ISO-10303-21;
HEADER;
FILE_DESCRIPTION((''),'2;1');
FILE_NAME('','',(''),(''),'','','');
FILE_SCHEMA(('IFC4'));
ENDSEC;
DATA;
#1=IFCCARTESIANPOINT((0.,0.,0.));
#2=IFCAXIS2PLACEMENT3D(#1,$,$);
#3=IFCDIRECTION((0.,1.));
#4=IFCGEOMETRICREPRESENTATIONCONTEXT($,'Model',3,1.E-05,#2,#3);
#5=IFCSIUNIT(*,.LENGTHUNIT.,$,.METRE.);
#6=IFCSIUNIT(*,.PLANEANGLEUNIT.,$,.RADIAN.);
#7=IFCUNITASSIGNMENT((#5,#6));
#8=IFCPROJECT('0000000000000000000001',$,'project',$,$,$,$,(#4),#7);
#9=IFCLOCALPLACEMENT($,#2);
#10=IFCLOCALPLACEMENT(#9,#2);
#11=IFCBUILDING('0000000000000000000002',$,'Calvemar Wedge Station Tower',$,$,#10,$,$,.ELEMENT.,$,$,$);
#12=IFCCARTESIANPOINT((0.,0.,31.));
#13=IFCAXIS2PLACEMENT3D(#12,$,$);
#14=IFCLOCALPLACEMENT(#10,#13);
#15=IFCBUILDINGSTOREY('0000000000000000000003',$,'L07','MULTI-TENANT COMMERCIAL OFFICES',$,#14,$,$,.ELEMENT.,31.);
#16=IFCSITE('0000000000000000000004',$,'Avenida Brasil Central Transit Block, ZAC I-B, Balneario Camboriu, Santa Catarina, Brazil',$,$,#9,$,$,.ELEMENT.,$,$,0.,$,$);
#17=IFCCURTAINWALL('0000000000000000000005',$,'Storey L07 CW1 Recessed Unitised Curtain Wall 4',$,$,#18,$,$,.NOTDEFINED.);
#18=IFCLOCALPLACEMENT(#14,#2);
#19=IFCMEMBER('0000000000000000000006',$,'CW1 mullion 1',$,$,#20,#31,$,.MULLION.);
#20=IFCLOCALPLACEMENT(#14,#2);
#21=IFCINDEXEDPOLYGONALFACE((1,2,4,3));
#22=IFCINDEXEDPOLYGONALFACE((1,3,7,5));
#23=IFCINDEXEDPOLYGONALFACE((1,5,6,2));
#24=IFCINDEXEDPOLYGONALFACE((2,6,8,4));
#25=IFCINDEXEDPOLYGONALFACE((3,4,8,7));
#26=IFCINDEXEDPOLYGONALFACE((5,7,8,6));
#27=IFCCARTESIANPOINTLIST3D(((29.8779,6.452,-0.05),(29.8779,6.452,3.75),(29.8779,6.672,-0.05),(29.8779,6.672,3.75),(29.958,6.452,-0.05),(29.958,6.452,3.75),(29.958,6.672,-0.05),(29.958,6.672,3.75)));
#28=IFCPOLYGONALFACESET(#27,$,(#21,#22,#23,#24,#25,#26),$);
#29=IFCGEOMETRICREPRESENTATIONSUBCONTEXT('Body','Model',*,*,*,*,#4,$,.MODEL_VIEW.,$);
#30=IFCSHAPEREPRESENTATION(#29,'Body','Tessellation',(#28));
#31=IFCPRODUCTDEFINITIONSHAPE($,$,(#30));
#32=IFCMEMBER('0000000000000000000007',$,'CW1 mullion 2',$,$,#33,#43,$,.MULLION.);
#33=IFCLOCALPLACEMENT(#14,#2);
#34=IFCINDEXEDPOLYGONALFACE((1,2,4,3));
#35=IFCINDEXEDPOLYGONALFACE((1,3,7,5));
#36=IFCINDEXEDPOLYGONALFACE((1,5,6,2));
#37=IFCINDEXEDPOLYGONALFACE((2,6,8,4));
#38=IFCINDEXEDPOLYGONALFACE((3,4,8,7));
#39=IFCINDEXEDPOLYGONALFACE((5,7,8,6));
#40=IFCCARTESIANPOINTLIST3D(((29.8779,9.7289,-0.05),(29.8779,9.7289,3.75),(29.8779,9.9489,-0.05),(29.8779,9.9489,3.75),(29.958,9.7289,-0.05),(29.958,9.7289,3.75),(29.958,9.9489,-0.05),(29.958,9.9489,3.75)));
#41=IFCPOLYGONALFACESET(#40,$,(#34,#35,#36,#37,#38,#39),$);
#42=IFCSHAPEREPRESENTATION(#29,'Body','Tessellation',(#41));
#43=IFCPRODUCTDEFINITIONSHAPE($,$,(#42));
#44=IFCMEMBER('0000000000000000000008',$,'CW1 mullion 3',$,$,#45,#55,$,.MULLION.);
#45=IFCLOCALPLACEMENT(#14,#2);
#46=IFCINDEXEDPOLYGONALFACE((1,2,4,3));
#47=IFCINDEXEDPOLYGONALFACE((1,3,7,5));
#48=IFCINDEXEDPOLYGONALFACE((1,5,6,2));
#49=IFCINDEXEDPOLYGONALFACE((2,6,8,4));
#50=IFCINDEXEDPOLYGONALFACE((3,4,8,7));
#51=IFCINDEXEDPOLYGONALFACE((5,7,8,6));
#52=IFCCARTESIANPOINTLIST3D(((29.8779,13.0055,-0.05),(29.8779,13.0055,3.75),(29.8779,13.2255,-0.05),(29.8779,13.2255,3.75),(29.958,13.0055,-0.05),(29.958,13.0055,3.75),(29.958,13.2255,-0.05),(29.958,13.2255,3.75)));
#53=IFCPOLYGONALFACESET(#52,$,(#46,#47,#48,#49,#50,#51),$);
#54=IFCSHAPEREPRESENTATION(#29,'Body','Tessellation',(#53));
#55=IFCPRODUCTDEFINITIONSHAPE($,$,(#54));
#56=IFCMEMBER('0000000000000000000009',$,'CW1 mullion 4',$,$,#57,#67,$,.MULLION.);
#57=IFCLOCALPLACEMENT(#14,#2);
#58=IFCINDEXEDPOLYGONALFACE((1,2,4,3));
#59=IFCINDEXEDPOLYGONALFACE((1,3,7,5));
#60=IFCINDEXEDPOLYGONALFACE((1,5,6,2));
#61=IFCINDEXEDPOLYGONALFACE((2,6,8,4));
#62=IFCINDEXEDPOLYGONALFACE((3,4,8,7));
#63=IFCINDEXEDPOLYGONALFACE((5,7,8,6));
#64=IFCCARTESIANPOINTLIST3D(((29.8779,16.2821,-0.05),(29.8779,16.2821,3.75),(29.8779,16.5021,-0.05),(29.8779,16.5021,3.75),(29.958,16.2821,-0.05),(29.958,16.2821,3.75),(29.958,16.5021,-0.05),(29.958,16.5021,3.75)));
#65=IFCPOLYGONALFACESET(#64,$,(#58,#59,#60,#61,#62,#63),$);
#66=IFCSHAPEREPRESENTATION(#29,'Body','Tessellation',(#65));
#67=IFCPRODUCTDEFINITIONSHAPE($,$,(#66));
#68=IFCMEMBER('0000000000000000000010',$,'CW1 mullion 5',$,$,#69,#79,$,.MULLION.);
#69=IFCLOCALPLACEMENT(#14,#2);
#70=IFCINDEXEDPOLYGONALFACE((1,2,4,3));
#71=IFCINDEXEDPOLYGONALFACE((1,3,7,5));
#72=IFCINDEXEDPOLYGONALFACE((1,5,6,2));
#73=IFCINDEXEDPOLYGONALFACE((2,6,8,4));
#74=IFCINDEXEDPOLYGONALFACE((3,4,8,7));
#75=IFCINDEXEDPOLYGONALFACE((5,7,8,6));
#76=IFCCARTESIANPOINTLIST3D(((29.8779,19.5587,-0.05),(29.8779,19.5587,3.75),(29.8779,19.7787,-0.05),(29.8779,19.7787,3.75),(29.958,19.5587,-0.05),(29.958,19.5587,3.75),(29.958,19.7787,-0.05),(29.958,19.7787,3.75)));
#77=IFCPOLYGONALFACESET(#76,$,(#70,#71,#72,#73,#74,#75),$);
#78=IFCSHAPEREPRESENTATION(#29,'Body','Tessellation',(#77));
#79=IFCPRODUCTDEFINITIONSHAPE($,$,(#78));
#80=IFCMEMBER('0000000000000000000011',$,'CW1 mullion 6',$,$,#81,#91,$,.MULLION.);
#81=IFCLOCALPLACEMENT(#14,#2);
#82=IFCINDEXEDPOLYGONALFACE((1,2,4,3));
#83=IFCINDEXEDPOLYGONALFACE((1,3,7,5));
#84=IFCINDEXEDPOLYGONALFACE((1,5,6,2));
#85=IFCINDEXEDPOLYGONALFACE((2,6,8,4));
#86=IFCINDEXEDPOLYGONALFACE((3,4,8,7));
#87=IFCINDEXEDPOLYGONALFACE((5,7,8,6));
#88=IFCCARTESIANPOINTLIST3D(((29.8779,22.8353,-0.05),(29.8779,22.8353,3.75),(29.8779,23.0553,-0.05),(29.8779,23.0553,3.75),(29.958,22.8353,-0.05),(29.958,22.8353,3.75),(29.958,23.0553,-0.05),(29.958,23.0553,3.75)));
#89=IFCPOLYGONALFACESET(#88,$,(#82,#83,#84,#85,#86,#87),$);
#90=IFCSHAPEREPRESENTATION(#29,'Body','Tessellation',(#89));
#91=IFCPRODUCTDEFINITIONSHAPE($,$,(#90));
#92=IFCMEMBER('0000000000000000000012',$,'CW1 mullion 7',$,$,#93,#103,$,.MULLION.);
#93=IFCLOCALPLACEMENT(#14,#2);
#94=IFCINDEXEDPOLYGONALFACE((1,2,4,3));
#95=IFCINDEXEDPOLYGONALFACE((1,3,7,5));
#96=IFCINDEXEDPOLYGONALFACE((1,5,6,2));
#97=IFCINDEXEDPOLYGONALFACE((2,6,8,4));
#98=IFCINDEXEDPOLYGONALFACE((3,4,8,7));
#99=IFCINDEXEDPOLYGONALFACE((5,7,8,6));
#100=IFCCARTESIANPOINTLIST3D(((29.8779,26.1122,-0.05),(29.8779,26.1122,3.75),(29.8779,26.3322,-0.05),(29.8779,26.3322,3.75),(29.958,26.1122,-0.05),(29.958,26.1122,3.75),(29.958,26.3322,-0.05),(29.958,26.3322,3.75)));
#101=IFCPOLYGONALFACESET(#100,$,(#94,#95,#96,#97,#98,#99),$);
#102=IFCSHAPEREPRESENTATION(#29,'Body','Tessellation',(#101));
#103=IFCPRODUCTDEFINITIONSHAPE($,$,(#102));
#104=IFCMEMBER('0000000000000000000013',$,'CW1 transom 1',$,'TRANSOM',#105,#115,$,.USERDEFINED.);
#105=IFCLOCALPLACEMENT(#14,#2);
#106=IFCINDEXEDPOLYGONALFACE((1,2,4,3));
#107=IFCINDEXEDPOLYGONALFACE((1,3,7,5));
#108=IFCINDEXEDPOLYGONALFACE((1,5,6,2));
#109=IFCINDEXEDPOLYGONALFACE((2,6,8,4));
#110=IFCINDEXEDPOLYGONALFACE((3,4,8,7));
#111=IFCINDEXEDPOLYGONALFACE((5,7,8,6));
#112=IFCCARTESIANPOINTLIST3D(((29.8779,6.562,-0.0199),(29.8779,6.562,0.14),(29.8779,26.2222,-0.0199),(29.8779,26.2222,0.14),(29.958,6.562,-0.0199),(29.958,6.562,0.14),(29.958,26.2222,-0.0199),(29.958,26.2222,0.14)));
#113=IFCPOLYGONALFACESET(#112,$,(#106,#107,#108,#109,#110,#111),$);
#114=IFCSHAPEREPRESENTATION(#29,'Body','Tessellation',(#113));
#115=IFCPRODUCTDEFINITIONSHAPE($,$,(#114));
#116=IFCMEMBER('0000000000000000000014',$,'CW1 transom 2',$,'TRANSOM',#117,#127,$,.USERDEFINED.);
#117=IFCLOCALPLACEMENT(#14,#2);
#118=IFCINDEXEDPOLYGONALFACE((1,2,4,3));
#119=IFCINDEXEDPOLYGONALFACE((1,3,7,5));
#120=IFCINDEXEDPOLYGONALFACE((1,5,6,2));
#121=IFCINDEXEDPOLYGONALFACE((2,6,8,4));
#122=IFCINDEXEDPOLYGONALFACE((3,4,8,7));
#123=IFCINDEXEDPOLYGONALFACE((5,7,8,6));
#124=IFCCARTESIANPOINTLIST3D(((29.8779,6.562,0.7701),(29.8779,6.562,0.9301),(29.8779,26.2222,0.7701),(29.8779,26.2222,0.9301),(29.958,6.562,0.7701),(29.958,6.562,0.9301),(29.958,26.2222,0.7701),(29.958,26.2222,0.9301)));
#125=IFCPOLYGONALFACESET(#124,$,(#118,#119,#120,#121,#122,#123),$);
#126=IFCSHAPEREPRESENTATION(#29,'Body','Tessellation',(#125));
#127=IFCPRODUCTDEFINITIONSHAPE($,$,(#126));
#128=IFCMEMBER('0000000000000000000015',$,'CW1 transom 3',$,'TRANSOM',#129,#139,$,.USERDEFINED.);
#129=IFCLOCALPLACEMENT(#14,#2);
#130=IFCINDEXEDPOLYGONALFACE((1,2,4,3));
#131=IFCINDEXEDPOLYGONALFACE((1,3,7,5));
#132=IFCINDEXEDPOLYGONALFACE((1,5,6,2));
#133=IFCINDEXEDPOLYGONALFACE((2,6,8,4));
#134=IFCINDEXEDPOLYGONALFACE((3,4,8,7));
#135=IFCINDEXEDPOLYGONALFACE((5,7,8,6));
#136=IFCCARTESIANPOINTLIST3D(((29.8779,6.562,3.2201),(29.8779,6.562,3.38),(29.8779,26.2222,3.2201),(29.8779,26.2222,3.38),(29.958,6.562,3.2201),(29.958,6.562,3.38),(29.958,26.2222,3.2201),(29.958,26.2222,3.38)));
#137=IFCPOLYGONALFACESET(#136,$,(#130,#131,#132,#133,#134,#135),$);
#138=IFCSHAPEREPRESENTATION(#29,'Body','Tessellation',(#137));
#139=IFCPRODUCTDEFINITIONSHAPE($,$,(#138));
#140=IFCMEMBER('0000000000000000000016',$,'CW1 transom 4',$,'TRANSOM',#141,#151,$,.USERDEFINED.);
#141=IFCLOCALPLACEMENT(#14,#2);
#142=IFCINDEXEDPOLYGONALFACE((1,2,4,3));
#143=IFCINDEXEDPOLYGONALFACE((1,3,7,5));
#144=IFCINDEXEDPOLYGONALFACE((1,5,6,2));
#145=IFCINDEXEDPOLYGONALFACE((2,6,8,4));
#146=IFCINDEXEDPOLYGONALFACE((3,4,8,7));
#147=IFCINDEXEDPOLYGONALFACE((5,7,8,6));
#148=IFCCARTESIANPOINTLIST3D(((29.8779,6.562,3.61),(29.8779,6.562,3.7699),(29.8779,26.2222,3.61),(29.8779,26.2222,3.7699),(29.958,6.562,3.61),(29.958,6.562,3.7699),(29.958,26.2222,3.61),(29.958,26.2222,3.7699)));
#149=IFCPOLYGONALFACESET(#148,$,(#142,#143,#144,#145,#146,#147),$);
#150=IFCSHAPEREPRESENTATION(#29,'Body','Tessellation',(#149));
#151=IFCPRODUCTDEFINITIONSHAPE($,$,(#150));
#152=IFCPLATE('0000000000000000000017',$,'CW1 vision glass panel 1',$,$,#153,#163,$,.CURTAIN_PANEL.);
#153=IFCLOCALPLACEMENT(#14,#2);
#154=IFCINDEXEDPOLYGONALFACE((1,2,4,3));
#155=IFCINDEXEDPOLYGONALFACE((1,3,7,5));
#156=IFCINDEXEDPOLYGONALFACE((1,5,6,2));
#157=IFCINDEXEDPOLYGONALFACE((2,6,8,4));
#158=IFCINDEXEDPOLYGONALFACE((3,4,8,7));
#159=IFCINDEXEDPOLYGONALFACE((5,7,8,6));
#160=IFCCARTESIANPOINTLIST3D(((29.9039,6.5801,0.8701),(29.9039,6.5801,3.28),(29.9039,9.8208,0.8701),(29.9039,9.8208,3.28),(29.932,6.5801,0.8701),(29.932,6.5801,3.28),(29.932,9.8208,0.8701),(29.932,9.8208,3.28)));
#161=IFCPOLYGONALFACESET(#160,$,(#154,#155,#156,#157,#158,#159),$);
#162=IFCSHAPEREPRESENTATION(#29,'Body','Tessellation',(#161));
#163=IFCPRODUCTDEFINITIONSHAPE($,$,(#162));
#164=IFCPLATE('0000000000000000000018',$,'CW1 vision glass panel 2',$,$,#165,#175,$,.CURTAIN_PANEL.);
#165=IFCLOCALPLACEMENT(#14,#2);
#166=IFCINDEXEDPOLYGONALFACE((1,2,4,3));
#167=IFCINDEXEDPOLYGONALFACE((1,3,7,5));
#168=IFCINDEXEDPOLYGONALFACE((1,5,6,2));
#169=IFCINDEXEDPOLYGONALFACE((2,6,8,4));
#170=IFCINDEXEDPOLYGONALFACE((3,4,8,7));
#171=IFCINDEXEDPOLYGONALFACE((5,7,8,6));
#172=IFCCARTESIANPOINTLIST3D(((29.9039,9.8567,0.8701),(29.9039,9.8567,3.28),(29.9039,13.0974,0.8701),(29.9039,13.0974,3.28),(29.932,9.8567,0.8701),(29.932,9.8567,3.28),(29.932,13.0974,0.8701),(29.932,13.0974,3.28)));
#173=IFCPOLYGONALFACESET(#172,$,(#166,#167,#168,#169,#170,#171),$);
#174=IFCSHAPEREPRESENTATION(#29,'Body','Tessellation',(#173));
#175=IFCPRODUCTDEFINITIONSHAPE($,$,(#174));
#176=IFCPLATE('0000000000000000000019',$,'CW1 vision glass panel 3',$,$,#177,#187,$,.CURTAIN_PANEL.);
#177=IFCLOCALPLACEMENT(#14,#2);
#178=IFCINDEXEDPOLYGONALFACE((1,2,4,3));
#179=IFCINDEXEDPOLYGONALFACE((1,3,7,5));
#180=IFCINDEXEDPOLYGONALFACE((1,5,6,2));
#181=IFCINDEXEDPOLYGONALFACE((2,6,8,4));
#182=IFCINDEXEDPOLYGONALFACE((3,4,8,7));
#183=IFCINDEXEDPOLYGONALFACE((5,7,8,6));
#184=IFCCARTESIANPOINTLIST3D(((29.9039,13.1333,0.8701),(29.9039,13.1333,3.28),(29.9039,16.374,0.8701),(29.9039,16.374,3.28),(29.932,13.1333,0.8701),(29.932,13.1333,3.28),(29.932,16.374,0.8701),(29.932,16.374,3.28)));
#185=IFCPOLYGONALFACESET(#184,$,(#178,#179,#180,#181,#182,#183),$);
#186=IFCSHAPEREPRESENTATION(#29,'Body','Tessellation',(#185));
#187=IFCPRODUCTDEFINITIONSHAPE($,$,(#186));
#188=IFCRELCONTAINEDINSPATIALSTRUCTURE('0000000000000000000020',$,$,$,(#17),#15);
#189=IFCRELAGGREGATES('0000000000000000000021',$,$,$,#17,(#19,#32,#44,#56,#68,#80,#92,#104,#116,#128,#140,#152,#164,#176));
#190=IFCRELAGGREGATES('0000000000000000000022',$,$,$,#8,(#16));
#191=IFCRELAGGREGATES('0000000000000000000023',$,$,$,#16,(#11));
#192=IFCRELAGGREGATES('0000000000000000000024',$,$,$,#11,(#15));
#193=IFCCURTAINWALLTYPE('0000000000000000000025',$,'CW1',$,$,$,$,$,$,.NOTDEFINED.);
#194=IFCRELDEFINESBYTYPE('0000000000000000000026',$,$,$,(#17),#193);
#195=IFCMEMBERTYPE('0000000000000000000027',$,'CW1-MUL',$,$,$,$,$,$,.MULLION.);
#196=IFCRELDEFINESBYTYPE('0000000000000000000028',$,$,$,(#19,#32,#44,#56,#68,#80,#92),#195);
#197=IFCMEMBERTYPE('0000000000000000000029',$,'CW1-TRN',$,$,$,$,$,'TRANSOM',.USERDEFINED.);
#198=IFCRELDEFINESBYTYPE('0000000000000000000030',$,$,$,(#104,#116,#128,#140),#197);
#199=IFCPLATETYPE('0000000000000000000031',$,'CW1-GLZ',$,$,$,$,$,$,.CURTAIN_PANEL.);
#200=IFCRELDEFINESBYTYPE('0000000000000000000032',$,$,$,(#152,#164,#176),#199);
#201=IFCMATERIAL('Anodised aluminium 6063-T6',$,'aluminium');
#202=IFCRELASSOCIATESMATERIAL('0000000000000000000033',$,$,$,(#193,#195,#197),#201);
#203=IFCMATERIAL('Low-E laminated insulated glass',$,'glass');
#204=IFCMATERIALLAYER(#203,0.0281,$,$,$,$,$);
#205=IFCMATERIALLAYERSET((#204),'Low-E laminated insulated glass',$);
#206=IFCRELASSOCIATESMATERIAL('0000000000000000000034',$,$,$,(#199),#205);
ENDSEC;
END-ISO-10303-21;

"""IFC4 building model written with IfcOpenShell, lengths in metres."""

from ifc_helpers import new_model, si_unit, direction, frame, frame_2d, origin, origin_2d, place, context, subcontext, project, spatial, rectangle, extrude, source, transform, mapped, material, layer, layer_set, material_profile, profile_set, type_object, element, aggregate, save


model = new_model("IFC4")

# Units and contexts
model_context = context("Model", 3, precision=1e-05, world=origin(), true_north=direction((0.0, 1.0)))
body_context = subcontext(model_context, "Body", "Model", "MODEL_VIEW")
ifc_project = project(units=[si_unit("LENGTHUNIT", "METRE"), si_unit("PLANEANGLEUNIT", "RADIAN")], contexts=[model_context])

# Site, building, storey
site_placement = place(None, origin())
site = spatial("IfcSite", under=ifc_project, at=site_placement, Name="Avenida Brasil Central Transit Block, ZAC I-B, Balneario Camboriu, Santa Catarina, Brazil", CompositionType="ELEMENT", RefElevation=0.0)
building_placement = place(site_placement, origin())
building = spatial("IfcBuilding", under=site, at=building_placement, Name="Calvemar Wedge Station Tower", CompositionType="ELEMENT")
storey_placement = place(building_placement, frame((0.0, 0.0, 31.0)))
storey = spatial("IfcBuildingStorey", under=building, at=storey_placement, Name="L07", Description="MULTI-TENANT COMMERCIAL OFFICES", CompositionType="ELEMENT", Elevation=31.0)

# Curtain wall, members, plates
ifc_material_1 = material(Name="Anodised aluminium 6063-T6", Category="aluminium")
curtain_wall_type = type_object("IfcCurtainWallType", Name="CW1", PredefinedType="NOTDEFINED", material=ifc_material_1)
curtain_wall_placement = place(storey_placement, origin())
curtain_wall = element("IfcCurtainWall", 1, at=curtain_wall_placement, inside=storey, type_object=curtain_wall_type, Name="Storey L07 CW1 Recessed Unitised Curtain Wall 4", PredefinedType="NOTDEFINED")
ifc_material_profile_1 = material_profile(ifc_material_1, rectangle(XDim=0.0801, YDim=0.22, at=origin_2d()), Name="AL-MUL-80x220")
ifc_profile_set_1 = profile_set([ifc_material_profile_1], Name="Anodised aluminium 6063-T6")
member_type_1 = type_object("IfcMemberType", Name="CW1-MUL", PredefinedType="MULLION", material=ifc_profile_set_1)
shared_shape_1 = source(origin(), body_context, "Body", "SweptSolid", [
    extrude(rectangle(XDim=0.0801, YDim=0.22, at=origin_2d()), origin(), (0.0, 0.0, 1.0), 3.8),
])
member_1_placement = place(storey_placement, frame((29.918, 6.562, -0.05), z_axis=(0.0, 0.0, 1.0), x_axis=(1.0, 0.0, 0.0)))
member_1 = element("IfcMember", 2, at=member_1_placement, type_object=member_type_1, Name="CW1 mullion 1", PredefinedType="MULLION", context=body_context, shape_type="MappedRepresentation", body=[
    mapped(shared_shape_1, transform((0.0, 0.0, 0.0), scale=1.0)),
])
member_2_placement = place(storey_placement, frame((29.918, 9.8389, -0.05), z_axis=(0.0, 0.0, 1.0), x_axis=(1.0, 0.0, 0.0)))
member_2 = element("IfcMember", 3, at=member_2_placement, type_object=member_type_1, Name="CW1 mullion 2", PredefinedType="MULLION", context=body_context, shape_type="MappedRepresentation", body=[
    mapped(shared_shape_1, transform((0.0, 0.0, 0.0), scale=1.0)),
])
member_3_placement = place(storey_placement, frame((29.918, 13.1155, -0.05), z_axis=(0.0, 0.0, 1.0), x_axis=(1.0, 0.0, 0.0)))
member_3 = element("IfcMember", 4, at=member_3_placement, type_object=member_type_1, Name="CW1 mullion 3", PredefinedType="MULLION", context=body_context, shape_type="MappedRepresentation", body=[
    mapped(shared_shape_1, transform((0.0, 0.0, 0.0), scale=1.0)),
])
member_4_placement = place(storey_placement, frame((29.918, 16.3921, -0.05), z_axis=(0.0, 0.0, 1.0), x_axis=(1.0, 0.0, 0.0)))
member_4 = element("IfcMember", 5, at=member_4_placement, type_object=member_type_1, Name="CW1 mullion 4", PredefinedType="MULLION", context=body_context, shape_type="MappedRepresentation", body=[
    mapped(shared_shape_1, transform((0.0, 0.0, 0.0), scale=1.0)),
])
member_5_placement = place(storey_placement, frame((29.918, 19.6687, -0.05), z_axis=(0.0, 0.0, 1.0), x_axis=(1.0, 0.0, 0.0)))
member_5 = element("IfcMember", 6, at=member_5_placement, type_object=member_type_1, Name="CW1 mullion 5", PredefinedType="MULLION", context=body_context, shape_type="MappedRepresentation", body=[
    mapped(shared_shape_1, transform((0.0, 0.0, 0.0), scale=1.0)),
])
member_6_placement = place(storey_placement, frame((29.918, 22.9453, -0.05), z_axis=(0.0, 0.0, 1.0), x_axis=(1.0, 0.0, 0.0)))
member_6 = element("IfcMember", 7, at=member_6_placement, type_object=member_type_1, Name="CW1 mullion 6", PredefinedType="MULLION", context=body_context, shape_type="MappedRepresentation", body=[
    mapped(shared_shape_1, transform((0.0, 0.0, 0.0), scale=1.0)),
])
member_7_placement = place(storey_placement, frame((29.918, 26.2222, -0.05), z_axis=(0.0, 0.0, 1.0), x_axis=(1.0, 0.0, 0.0)))
member_7 = element("IfcMember", 8, at=member_7_placement, type_object=member_type_1, Name="CW1 mullion 7", PredefinedType="MULLION", context=body_context, shape_type="MappedRepresentation", body=[
    mapped(shared_shape_1, transform((0.0, 0.0, 0.0), scale=1.0)),
])
ifc_material_profile_2 = material_profile(ifc_material_1, rectangle(XDim=0.0801, YDim=0.1599, at=origin_2d()), Name="AL-TRN-80x160")
ifc_profile_set_2 = profile_set([ifc_material_profile_2], Name="Anodised aluminium 6063-T6")
member_type_2 = type_object("IfcMemberType", Name="CW1-TRN", ElementType="TRANSOM", PredefinedType="USERDEFINED", material=ifc_profile_set_2)
shared_shape_2 = source(origin(), body_context, "Body", "SweptSolid", [
    extrude(rectangle(XDim=0.0801, YDim=0.1599, at=origin_2d()), origin(), (0.0, 0.0, 1.0), 19.6602),
])
member_8_placement = place(storey_placement, frame((29.918, 6.562, 0.0601), z_axis=(0.0, 1.0, 0.0), x_axis=(-1.0, 0.0, 0.0)))
member_8 = element("IfcMember", 9, at=member_8_placement, type_object=member_type_2, Name="CW1 transom 1", ObjectType="TRANSOM", PredefinedType="USERDEFINED", context=body_context, shape_type="MappedRepresentation", body=[
    mapped(shared_shape_2, transform((0.0, 0.0, 0.0), scale=1.0)),
])
member_9_placement = place(storey_placement, frame((29.918, 6.562, 0.8501), z_axis=(0.0, 1.0, 0.0), x_axis=(-1.0, 0.0, 0.0)))
member_9 = element("IfcMember", 10, at=member_9_placement, type_object=member_type_2, Name="CW1 transom 2", ObjectType="TRANSOM", PredefinedType="USERDEFINED", context=body_context, shape_type="MappedRepresentation", body=[
    mapped(shared_shape_2, transform((0.0, 0.0, 0.0), scale=1.0)),
])
member_10_placement = place(storey_placement, frame((29.918, 6.562, 3.3), z_axis=(0.0, 1.0, 0.0), x_axis=(-1.0, 0.0, 0.0)))
member_10 = element("IfcMember", 11, at=member_10_placement, type_object=member_type_2, Name="CW1 transom 3", ObjectType="TRANSOM", PredefinedType="USERDEFINED", context=body_context, shape_type="MappedRepresentation", body=[
    mapped(shared_shape_2, transform((0.0, 0.0, 0.0), scale=1.0)),
])
member_11_placement = place(storey_placement, frame((29.918, 6.562, 3.6899), z_axis=(0.0, 1.0, 0.0), x_axis=(-1.0, 0.0, 0.0)))
member_11 = element("IfcMember", 12, at=member_11_placement, type_object=member_type_2, Name="CW1 transom 4", ObjectType="TRANSOM", PredefinedType="USERDEFINED", context=body_context, shape_type="MappedRepresentation", body=[
    mapped(shared_shape_2, transform((0.0, 0.0, 0.0), scale=1.0)),
])
ifc_material_2 = material(Name="Low-E laminated insulated glass", Category="glass")
ifc_layer_1 = layer(ifc_material_2, 0.0281)
ifc_layer_set_1 = layer_set([ifc_layer_1], Name="Low-E laminated insulated glass")
plate_type_1 = type_object("IfcPlateType", Name="CW1-GLZ", PredefinedType="CURTAIN_PANEL", material=ifc_layer_set_1)
plate_1_placement = place(storey_placement, frame((29.918, 6.5801, 0.8701), z_axis=(0.0, 0.0, 1.0), x_axis=(0.0, 1.0, 0.0)))
plate_1 = element("IfcPlate", 13, at=plate_1_placement, type_object=plate_type_1, Name="CW1 vision glass panel 1", PredefinedType="CURTAIN_PANEL", context=body_context, shape_type="SweptSolid", body=[
    extrude(rectangle(XDim=3.2407, YDim=0.0281, at=frame_2d((1.6204, 0.0))), origin(), (0.0, 0.0, 1.0), 2.4099),
])
plate_2_placement = place(storey_placement, frame((29.918, 9.8567, 0.8701), z_axis=(0.0, 0.0, 1.0), x_axis=(0.0, 1.0, 0.0)))
plate_2 = element("IfcPlate", 14, at=plate_2_placement, type_object=plate_type_1, Name="CW1 vision glass panel 2", PredefinedType="CURTAIN_PANEL", context=body_context, shape_type="SweptSolid", body=[
    extrude(rectangle(XDim=3.2407, YDim=0.0281, at=frame_2d((1.6204, 0.0))), origin(), (0.0, 0.0, 1.0), 2.4099),
])
plate_3_placement = place(storey_placement, frame((29.918, 13.1333, 0.8701), z_axis=(0.0, 0.0, 1.0), x_axis=(0.0, 1.0, 0.0)))
plate_3 = element("IfcPlate", 15, at=plate_3_placement, type_object=plate_type_1, Name="CW1 vision glass panel 3", PredefinedType="CURTAIN_PANEL", context=body_context, shape_type="SweptSolid", body=[
    extrude(rectangle(XDim=3.2407, YDim=0.0281, at=frame_2d((1.6204, 0.0))), origin(), (0.0, 0.0, 1.0), 2.4099),
])
aggregate(curtain_wall, [member_1, member_2, member_3, member_4, member_5, member_6, member_7, member_8, member_9, member_10, member_11, plate_1, plate_2, plate_3])

save(model, "model.ifc")
